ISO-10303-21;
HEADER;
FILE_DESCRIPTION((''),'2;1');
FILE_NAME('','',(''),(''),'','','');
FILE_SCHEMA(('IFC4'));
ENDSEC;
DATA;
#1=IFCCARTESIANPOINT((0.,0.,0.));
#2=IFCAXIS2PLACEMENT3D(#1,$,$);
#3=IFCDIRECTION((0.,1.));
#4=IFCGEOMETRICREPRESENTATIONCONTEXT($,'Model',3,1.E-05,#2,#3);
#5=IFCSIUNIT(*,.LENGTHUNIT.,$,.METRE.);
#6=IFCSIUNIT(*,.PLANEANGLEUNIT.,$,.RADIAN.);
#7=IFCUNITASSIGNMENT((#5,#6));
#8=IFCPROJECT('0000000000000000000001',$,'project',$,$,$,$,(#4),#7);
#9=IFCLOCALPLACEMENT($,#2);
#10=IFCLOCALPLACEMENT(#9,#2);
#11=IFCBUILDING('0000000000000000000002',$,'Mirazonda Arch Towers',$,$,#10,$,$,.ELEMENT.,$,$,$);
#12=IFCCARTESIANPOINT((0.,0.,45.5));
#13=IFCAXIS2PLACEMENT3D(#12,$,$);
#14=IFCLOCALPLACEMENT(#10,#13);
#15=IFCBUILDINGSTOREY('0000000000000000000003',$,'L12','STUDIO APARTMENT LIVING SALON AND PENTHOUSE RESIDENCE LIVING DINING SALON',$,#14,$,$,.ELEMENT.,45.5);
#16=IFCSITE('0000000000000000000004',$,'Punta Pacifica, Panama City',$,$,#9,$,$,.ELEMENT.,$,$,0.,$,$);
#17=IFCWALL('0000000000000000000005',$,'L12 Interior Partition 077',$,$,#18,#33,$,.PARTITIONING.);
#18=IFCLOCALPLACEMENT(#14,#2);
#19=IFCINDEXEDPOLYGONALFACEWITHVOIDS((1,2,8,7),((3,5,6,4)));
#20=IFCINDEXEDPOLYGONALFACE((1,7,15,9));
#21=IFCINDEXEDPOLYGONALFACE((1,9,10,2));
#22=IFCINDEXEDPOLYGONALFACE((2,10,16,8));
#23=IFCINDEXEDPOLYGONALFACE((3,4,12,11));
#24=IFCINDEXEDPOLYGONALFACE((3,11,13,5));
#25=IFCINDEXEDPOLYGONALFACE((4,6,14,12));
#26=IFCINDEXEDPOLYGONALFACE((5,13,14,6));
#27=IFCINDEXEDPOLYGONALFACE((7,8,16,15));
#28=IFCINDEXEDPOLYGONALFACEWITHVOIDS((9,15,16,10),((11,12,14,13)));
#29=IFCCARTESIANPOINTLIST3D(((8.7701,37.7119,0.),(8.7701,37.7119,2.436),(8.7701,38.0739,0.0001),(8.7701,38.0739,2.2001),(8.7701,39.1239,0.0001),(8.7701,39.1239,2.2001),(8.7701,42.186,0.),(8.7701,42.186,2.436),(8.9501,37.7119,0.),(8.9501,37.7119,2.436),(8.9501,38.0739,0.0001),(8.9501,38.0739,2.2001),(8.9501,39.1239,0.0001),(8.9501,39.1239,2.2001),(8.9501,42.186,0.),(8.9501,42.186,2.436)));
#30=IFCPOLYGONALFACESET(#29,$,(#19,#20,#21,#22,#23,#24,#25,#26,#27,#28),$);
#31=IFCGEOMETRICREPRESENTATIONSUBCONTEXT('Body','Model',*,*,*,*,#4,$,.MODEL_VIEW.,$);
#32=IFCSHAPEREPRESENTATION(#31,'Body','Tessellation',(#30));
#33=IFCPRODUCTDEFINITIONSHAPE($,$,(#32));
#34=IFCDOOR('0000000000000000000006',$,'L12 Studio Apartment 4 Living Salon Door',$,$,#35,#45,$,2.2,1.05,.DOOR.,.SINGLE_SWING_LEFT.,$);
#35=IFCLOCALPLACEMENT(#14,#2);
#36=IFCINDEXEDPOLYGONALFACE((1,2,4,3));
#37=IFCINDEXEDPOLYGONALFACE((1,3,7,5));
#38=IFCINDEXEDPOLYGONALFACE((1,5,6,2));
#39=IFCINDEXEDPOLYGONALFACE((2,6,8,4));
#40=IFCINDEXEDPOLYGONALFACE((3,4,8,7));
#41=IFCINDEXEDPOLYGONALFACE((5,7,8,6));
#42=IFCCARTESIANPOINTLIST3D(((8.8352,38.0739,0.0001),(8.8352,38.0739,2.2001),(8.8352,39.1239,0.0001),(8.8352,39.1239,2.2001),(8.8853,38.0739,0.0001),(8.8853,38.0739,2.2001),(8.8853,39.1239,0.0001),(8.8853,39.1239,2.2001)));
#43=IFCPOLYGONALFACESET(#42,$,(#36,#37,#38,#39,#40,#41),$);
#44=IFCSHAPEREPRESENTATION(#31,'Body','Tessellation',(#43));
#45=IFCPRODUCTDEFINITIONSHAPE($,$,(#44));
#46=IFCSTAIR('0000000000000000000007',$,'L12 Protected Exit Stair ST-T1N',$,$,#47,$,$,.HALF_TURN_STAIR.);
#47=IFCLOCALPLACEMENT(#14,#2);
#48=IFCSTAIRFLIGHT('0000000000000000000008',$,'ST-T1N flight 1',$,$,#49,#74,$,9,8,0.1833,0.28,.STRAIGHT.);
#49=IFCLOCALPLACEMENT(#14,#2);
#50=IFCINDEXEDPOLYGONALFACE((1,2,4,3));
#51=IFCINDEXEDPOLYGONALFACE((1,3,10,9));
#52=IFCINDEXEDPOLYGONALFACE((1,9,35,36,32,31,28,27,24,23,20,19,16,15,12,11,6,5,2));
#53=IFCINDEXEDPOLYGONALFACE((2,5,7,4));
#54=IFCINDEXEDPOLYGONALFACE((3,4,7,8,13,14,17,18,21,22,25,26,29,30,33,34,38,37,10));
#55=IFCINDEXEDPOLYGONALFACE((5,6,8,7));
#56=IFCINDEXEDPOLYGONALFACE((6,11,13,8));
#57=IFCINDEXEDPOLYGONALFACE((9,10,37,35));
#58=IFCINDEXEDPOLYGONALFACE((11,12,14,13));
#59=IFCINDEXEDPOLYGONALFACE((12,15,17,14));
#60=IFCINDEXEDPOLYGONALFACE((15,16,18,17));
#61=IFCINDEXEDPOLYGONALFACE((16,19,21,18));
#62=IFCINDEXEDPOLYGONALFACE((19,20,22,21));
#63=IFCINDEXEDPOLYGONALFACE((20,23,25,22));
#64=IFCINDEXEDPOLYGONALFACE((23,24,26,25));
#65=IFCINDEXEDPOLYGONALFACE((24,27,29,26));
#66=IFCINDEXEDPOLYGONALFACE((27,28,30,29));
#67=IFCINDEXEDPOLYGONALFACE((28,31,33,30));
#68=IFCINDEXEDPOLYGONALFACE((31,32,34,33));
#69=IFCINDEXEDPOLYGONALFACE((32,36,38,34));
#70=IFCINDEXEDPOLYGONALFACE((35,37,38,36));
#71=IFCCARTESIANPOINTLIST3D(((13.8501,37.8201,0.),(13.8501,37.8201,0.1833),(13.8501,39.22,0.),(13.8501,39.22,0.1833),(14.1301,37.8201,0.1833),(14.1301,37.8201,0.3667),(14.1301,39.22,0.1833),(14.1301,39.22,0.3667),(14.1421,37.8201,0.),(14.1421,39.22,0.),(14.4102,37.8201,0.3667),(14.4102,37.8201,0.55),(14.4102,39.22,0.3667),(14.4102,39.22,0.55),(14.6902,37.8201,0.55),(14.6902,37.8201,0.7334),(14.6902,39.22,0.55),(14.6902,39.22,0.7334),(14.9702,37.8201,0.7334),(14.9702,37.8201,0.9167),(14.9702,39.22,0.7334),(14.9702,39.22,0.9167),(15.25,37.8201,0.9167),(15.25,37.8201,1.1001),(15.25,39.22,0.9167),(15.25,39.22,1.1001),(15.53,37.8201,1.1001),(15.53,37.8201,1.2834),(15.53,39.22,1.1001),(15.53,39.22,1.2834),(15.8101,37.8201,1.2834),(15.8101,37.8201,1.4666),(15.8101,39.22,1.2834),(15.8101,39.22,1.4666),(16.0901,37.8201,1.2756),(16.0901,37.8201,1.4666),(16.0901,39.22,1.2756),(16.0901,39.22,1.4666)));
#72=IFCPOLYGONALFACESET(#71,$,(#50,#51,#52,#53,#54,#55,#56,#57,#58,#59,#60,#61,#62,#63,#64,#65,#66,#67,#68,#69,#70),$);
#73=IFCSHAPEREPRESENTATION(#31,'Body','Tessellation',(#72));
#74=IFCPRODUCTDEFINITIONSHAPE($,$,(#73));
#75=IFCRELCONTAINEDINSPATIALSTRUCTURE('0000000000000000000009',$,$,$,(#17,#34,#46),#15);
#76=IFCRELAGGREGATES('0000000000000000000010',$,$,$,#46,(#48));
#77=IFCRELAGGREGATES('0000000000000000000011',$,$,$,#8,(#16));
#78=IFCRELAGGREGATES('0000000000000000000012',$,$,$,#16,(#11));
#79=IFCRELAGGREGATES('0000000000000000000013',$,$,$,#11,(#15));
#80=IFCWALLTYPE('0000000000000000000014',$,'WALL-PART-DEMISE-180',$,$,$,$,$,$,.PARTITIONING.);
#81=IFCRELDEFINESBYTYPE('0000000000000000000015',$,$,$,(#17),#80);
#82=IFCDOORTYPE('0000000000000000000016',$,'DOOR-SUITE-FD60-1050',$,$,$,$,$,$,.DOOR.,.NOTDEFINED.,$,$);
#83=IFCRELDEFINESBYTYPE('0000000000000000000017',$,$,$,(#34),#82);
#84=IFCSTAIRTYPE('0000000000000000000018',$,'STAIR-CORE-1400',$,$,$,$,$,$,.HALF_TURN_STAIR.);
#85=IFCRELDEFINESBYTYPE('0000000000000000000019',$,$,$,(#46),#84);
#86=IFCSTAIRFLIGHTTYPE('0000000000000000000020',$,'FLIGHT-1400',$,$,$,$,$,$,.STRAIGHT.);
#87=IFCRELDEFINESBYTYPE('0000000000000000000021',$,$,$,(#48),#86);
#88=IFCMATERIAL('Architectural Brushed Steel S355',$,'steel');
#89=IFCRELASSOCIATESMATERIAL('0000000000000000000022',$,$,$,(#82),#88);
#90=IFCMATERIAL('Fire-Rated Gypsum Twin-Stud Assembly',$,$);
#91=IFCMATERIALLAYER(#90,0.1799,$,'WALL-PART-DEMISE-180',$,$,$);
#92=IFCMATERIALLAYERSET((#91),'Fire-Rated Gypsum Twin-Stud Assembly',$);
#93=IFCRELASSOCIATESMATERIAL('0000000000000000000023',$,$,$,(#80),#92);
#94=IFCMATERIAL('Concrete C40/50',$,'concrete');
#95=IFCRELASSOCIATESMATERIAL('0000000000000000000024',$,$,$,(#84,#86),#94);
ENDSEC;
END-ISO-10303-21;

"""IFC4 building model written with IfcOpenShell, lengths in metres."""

from ifc_helpers import new_model, si_unit, direction, frame, frame_2d, origin, place, context, subcontext, project, spatial, polyline, rectangle, outline, extrude, material, layer, layer_set, type_object, element, fill, aggregate, save


model = new_model("IFC4")

# Units and contexts
model_context = context("Model", 3, precision=1e-05, world=origin(), true_north=direction((0.0, 1.0)))
body_context = subcontext(model_context, "Body", "Model", "MODEL_VIEW")
ifc_project = project(units=[si_unit("LENGTHUNIT", "METRE"), si_unit("PLANEANGLEUNIT", "RADIAN")], contexts=[model_context])

# Site, building, storey
site_placement = place(None, origin())
site = spatial("IfcSite", under=ifc_project, at=site_placement, Name="Punta Pacifica, Panama City", CompositionType="ELEMENT", RefElevation=0.0)
building_placement = place(site_placement, origin())
building = spatial("IfcBuilding", under=site, at=building_placement, Name="Mirazonda Arch Towers", CompositionType="ELEMENT")
storey_placement = place(building_placement, frame((0.0, 0.0, 45.5)))
storey = spatial("IfcBuildingStorey", under=building, at=storey_placement, Name="L12", Description="STUDIO APARTMENT LIVING SALON AND PENTHOUSE RESIDENCE LIVING DINING SALON", CompositionType="ELEMENT", Elevation=45.5)

# Wall, opening, door
ifc_material_1 = material(Name="Architectural Brushed Steel S355", Category="steel")
door_type_1 = type_object("IfcDoorType", Name="DOOR-SUITE-FD60-1050", OperationType="NOTDEFINED", PredefinedType="DOOR", material=ifc_material_1)
ifc_material_2 = material(Name="Fire-Rated Gypsum Twin-Stud Assembly")
ifc_layer_1 = layer(ifc_material_2, 0.1799, Name="WALL-PART-DEMISE-180")
ifc_layer_set_1 = layer_set([ifc_layer_1], Name="Fire-Rated Gypsum Twin-Stud Assembly")
wall_type_1 = type_object("IfcWallType", Name="WALL-PART-DEMISE-180", PredefinedType="PARTITIONING", material=ifc_layer_set_1)
wall_1_placement = place(storey_placement, frame((8.8601, 37.7119, 0.0), z_axis=(0.0, 0.0, 1.0), x_axis=(0.0, 1.0, 0.0)))
wall_1 = element("IfcWall", 1, at=wall_1_placement, inside=storey, type_object=wall_type_1, Name="L12 Interior Partition 077", PredefinedType="PARTITIONING", context=body_context, shape_type="SweptSolid", body=[
    extrude(rectangle(XDim=4.4741, YDim=0.1799, at=frame_2d((2.2371, 0.0))), origin(), (0.0, 0.0, 1.0), 2.436),
])
opening_1_placement = place(wall_1_placement, frame((0.3621, 0.0, 0.0)))
opening_1 = element("IfcOpeningElement", 2, at=opening_1_placement, cuts=wall_1, PredefinedType="OPENING", context=body_context, shape_type="SweptSolid", body=[
    extrude(rectangle(XDim=1.05, YDim=2.2, at=frame_2d((0.5249, 1.1001))), frame((0.0, 0.0999, 0.0), z_axis=(0.0, -1.0, 0.0), x_axis=(1.0, 0.0, 0.0)), (0.0, 0.0, 1.0), 0.2),
])
door_1_placement = place(opening_1_placement, origin())
door_1 = element("IfcDoor", 3, at=door_1_placement, inside=storey, type_object=door_type_1, Name="L12 Studio Apartment 4 Living Salon Door", OperationType="SINGLE_SWING_LEFT", OverallHeight=2.2, OverallWidth=1.05, PredefinedType="DOOR", context=body_context, shape_type="SweptSolid", body=[
    extrude(rectangle(XDim=1.05, YDim=2.2, at=frame_2d((0.5249, 1.1001))), frame((0.0, 0.0249, 0.0), z_axis=(0.0, -1.0, 0.0), x_axis=(1.0, 0.0, 0.0)), (0.0, 0.0, 1.0), 0.05),
])
fill(opening_1, door_1)

# Stair, stair flight
ifc_material_3 = material(Name="Concrete C40/50", Category="concrete")
stair_type = type_object("IfcStairType", Name="STAIR-CORE-1400", PredefinedType="HALF_TURN_STAIR", material=ifc_material_3)
stair_placement = place(storey_placement, origin())
stair = element("IfcStair", 4, at=stair_placement, inside=storey, type_object=stair_type, Name="L12 Protected Exit Stair ST-T1N", PredefinedType="HALF_TURN_STAIR")
stair_flight_type = type_object("IfcStairFlightType", Name="FLIGHT-1400", PredefinedType="STRAIGHT", material=ifc_material_3)
stair_flight_placement = place(storey_placement, frame((13.8501, 38.52, 0.0), z_axis=(0.0, 0.0, 1.0), x_axis=(1.0, 0.0, 0.0)))
stair_flight = element("IfcStairFlight", 5, at=stair_flight_placement, type_object=stair_flight_type, Name="ST-T1N flight 1", NumberOfRisers=9, NumberOfTreads=8, PredefinedType="STRAIGHT", RiserHeight=0.1833, TreadLength=0.28, context=body_context, shape_type="SweptSolid", body=[
    extrude(outline(polyline([(0.0, 0.0), (0.0, 0.1833), (0.28, 0.1833), (0.28, 0.3667), (0.5601, 0.3667), (0.5601, 0.55), (0.8401, 0.55), (0.8401, 0.7334), (1.1201, 0.7334), (1.1201, 0.9167), (1.3999, 0.9167), (1.3999, 1.1001), (1.6799, 1.1001), (1.6799, 1.2834), (1.96, 1.2834), (1.96, 1.4666), (2.24, 1.4666), (2.24, 1.6499), (2.24, 1.2756), (0.292, 0.0), (0.0, 0.0)])), frame((0.0, 0.7, 0.0), z_axis=(0.0, -1.0, 0.0), x_axis=(1.0, 0.0, 0.0)), (0.0, 0.0, 1.0), 1.3999),
])
aggregate(stair, [stair_flight])

save(model, "model.ifc")
